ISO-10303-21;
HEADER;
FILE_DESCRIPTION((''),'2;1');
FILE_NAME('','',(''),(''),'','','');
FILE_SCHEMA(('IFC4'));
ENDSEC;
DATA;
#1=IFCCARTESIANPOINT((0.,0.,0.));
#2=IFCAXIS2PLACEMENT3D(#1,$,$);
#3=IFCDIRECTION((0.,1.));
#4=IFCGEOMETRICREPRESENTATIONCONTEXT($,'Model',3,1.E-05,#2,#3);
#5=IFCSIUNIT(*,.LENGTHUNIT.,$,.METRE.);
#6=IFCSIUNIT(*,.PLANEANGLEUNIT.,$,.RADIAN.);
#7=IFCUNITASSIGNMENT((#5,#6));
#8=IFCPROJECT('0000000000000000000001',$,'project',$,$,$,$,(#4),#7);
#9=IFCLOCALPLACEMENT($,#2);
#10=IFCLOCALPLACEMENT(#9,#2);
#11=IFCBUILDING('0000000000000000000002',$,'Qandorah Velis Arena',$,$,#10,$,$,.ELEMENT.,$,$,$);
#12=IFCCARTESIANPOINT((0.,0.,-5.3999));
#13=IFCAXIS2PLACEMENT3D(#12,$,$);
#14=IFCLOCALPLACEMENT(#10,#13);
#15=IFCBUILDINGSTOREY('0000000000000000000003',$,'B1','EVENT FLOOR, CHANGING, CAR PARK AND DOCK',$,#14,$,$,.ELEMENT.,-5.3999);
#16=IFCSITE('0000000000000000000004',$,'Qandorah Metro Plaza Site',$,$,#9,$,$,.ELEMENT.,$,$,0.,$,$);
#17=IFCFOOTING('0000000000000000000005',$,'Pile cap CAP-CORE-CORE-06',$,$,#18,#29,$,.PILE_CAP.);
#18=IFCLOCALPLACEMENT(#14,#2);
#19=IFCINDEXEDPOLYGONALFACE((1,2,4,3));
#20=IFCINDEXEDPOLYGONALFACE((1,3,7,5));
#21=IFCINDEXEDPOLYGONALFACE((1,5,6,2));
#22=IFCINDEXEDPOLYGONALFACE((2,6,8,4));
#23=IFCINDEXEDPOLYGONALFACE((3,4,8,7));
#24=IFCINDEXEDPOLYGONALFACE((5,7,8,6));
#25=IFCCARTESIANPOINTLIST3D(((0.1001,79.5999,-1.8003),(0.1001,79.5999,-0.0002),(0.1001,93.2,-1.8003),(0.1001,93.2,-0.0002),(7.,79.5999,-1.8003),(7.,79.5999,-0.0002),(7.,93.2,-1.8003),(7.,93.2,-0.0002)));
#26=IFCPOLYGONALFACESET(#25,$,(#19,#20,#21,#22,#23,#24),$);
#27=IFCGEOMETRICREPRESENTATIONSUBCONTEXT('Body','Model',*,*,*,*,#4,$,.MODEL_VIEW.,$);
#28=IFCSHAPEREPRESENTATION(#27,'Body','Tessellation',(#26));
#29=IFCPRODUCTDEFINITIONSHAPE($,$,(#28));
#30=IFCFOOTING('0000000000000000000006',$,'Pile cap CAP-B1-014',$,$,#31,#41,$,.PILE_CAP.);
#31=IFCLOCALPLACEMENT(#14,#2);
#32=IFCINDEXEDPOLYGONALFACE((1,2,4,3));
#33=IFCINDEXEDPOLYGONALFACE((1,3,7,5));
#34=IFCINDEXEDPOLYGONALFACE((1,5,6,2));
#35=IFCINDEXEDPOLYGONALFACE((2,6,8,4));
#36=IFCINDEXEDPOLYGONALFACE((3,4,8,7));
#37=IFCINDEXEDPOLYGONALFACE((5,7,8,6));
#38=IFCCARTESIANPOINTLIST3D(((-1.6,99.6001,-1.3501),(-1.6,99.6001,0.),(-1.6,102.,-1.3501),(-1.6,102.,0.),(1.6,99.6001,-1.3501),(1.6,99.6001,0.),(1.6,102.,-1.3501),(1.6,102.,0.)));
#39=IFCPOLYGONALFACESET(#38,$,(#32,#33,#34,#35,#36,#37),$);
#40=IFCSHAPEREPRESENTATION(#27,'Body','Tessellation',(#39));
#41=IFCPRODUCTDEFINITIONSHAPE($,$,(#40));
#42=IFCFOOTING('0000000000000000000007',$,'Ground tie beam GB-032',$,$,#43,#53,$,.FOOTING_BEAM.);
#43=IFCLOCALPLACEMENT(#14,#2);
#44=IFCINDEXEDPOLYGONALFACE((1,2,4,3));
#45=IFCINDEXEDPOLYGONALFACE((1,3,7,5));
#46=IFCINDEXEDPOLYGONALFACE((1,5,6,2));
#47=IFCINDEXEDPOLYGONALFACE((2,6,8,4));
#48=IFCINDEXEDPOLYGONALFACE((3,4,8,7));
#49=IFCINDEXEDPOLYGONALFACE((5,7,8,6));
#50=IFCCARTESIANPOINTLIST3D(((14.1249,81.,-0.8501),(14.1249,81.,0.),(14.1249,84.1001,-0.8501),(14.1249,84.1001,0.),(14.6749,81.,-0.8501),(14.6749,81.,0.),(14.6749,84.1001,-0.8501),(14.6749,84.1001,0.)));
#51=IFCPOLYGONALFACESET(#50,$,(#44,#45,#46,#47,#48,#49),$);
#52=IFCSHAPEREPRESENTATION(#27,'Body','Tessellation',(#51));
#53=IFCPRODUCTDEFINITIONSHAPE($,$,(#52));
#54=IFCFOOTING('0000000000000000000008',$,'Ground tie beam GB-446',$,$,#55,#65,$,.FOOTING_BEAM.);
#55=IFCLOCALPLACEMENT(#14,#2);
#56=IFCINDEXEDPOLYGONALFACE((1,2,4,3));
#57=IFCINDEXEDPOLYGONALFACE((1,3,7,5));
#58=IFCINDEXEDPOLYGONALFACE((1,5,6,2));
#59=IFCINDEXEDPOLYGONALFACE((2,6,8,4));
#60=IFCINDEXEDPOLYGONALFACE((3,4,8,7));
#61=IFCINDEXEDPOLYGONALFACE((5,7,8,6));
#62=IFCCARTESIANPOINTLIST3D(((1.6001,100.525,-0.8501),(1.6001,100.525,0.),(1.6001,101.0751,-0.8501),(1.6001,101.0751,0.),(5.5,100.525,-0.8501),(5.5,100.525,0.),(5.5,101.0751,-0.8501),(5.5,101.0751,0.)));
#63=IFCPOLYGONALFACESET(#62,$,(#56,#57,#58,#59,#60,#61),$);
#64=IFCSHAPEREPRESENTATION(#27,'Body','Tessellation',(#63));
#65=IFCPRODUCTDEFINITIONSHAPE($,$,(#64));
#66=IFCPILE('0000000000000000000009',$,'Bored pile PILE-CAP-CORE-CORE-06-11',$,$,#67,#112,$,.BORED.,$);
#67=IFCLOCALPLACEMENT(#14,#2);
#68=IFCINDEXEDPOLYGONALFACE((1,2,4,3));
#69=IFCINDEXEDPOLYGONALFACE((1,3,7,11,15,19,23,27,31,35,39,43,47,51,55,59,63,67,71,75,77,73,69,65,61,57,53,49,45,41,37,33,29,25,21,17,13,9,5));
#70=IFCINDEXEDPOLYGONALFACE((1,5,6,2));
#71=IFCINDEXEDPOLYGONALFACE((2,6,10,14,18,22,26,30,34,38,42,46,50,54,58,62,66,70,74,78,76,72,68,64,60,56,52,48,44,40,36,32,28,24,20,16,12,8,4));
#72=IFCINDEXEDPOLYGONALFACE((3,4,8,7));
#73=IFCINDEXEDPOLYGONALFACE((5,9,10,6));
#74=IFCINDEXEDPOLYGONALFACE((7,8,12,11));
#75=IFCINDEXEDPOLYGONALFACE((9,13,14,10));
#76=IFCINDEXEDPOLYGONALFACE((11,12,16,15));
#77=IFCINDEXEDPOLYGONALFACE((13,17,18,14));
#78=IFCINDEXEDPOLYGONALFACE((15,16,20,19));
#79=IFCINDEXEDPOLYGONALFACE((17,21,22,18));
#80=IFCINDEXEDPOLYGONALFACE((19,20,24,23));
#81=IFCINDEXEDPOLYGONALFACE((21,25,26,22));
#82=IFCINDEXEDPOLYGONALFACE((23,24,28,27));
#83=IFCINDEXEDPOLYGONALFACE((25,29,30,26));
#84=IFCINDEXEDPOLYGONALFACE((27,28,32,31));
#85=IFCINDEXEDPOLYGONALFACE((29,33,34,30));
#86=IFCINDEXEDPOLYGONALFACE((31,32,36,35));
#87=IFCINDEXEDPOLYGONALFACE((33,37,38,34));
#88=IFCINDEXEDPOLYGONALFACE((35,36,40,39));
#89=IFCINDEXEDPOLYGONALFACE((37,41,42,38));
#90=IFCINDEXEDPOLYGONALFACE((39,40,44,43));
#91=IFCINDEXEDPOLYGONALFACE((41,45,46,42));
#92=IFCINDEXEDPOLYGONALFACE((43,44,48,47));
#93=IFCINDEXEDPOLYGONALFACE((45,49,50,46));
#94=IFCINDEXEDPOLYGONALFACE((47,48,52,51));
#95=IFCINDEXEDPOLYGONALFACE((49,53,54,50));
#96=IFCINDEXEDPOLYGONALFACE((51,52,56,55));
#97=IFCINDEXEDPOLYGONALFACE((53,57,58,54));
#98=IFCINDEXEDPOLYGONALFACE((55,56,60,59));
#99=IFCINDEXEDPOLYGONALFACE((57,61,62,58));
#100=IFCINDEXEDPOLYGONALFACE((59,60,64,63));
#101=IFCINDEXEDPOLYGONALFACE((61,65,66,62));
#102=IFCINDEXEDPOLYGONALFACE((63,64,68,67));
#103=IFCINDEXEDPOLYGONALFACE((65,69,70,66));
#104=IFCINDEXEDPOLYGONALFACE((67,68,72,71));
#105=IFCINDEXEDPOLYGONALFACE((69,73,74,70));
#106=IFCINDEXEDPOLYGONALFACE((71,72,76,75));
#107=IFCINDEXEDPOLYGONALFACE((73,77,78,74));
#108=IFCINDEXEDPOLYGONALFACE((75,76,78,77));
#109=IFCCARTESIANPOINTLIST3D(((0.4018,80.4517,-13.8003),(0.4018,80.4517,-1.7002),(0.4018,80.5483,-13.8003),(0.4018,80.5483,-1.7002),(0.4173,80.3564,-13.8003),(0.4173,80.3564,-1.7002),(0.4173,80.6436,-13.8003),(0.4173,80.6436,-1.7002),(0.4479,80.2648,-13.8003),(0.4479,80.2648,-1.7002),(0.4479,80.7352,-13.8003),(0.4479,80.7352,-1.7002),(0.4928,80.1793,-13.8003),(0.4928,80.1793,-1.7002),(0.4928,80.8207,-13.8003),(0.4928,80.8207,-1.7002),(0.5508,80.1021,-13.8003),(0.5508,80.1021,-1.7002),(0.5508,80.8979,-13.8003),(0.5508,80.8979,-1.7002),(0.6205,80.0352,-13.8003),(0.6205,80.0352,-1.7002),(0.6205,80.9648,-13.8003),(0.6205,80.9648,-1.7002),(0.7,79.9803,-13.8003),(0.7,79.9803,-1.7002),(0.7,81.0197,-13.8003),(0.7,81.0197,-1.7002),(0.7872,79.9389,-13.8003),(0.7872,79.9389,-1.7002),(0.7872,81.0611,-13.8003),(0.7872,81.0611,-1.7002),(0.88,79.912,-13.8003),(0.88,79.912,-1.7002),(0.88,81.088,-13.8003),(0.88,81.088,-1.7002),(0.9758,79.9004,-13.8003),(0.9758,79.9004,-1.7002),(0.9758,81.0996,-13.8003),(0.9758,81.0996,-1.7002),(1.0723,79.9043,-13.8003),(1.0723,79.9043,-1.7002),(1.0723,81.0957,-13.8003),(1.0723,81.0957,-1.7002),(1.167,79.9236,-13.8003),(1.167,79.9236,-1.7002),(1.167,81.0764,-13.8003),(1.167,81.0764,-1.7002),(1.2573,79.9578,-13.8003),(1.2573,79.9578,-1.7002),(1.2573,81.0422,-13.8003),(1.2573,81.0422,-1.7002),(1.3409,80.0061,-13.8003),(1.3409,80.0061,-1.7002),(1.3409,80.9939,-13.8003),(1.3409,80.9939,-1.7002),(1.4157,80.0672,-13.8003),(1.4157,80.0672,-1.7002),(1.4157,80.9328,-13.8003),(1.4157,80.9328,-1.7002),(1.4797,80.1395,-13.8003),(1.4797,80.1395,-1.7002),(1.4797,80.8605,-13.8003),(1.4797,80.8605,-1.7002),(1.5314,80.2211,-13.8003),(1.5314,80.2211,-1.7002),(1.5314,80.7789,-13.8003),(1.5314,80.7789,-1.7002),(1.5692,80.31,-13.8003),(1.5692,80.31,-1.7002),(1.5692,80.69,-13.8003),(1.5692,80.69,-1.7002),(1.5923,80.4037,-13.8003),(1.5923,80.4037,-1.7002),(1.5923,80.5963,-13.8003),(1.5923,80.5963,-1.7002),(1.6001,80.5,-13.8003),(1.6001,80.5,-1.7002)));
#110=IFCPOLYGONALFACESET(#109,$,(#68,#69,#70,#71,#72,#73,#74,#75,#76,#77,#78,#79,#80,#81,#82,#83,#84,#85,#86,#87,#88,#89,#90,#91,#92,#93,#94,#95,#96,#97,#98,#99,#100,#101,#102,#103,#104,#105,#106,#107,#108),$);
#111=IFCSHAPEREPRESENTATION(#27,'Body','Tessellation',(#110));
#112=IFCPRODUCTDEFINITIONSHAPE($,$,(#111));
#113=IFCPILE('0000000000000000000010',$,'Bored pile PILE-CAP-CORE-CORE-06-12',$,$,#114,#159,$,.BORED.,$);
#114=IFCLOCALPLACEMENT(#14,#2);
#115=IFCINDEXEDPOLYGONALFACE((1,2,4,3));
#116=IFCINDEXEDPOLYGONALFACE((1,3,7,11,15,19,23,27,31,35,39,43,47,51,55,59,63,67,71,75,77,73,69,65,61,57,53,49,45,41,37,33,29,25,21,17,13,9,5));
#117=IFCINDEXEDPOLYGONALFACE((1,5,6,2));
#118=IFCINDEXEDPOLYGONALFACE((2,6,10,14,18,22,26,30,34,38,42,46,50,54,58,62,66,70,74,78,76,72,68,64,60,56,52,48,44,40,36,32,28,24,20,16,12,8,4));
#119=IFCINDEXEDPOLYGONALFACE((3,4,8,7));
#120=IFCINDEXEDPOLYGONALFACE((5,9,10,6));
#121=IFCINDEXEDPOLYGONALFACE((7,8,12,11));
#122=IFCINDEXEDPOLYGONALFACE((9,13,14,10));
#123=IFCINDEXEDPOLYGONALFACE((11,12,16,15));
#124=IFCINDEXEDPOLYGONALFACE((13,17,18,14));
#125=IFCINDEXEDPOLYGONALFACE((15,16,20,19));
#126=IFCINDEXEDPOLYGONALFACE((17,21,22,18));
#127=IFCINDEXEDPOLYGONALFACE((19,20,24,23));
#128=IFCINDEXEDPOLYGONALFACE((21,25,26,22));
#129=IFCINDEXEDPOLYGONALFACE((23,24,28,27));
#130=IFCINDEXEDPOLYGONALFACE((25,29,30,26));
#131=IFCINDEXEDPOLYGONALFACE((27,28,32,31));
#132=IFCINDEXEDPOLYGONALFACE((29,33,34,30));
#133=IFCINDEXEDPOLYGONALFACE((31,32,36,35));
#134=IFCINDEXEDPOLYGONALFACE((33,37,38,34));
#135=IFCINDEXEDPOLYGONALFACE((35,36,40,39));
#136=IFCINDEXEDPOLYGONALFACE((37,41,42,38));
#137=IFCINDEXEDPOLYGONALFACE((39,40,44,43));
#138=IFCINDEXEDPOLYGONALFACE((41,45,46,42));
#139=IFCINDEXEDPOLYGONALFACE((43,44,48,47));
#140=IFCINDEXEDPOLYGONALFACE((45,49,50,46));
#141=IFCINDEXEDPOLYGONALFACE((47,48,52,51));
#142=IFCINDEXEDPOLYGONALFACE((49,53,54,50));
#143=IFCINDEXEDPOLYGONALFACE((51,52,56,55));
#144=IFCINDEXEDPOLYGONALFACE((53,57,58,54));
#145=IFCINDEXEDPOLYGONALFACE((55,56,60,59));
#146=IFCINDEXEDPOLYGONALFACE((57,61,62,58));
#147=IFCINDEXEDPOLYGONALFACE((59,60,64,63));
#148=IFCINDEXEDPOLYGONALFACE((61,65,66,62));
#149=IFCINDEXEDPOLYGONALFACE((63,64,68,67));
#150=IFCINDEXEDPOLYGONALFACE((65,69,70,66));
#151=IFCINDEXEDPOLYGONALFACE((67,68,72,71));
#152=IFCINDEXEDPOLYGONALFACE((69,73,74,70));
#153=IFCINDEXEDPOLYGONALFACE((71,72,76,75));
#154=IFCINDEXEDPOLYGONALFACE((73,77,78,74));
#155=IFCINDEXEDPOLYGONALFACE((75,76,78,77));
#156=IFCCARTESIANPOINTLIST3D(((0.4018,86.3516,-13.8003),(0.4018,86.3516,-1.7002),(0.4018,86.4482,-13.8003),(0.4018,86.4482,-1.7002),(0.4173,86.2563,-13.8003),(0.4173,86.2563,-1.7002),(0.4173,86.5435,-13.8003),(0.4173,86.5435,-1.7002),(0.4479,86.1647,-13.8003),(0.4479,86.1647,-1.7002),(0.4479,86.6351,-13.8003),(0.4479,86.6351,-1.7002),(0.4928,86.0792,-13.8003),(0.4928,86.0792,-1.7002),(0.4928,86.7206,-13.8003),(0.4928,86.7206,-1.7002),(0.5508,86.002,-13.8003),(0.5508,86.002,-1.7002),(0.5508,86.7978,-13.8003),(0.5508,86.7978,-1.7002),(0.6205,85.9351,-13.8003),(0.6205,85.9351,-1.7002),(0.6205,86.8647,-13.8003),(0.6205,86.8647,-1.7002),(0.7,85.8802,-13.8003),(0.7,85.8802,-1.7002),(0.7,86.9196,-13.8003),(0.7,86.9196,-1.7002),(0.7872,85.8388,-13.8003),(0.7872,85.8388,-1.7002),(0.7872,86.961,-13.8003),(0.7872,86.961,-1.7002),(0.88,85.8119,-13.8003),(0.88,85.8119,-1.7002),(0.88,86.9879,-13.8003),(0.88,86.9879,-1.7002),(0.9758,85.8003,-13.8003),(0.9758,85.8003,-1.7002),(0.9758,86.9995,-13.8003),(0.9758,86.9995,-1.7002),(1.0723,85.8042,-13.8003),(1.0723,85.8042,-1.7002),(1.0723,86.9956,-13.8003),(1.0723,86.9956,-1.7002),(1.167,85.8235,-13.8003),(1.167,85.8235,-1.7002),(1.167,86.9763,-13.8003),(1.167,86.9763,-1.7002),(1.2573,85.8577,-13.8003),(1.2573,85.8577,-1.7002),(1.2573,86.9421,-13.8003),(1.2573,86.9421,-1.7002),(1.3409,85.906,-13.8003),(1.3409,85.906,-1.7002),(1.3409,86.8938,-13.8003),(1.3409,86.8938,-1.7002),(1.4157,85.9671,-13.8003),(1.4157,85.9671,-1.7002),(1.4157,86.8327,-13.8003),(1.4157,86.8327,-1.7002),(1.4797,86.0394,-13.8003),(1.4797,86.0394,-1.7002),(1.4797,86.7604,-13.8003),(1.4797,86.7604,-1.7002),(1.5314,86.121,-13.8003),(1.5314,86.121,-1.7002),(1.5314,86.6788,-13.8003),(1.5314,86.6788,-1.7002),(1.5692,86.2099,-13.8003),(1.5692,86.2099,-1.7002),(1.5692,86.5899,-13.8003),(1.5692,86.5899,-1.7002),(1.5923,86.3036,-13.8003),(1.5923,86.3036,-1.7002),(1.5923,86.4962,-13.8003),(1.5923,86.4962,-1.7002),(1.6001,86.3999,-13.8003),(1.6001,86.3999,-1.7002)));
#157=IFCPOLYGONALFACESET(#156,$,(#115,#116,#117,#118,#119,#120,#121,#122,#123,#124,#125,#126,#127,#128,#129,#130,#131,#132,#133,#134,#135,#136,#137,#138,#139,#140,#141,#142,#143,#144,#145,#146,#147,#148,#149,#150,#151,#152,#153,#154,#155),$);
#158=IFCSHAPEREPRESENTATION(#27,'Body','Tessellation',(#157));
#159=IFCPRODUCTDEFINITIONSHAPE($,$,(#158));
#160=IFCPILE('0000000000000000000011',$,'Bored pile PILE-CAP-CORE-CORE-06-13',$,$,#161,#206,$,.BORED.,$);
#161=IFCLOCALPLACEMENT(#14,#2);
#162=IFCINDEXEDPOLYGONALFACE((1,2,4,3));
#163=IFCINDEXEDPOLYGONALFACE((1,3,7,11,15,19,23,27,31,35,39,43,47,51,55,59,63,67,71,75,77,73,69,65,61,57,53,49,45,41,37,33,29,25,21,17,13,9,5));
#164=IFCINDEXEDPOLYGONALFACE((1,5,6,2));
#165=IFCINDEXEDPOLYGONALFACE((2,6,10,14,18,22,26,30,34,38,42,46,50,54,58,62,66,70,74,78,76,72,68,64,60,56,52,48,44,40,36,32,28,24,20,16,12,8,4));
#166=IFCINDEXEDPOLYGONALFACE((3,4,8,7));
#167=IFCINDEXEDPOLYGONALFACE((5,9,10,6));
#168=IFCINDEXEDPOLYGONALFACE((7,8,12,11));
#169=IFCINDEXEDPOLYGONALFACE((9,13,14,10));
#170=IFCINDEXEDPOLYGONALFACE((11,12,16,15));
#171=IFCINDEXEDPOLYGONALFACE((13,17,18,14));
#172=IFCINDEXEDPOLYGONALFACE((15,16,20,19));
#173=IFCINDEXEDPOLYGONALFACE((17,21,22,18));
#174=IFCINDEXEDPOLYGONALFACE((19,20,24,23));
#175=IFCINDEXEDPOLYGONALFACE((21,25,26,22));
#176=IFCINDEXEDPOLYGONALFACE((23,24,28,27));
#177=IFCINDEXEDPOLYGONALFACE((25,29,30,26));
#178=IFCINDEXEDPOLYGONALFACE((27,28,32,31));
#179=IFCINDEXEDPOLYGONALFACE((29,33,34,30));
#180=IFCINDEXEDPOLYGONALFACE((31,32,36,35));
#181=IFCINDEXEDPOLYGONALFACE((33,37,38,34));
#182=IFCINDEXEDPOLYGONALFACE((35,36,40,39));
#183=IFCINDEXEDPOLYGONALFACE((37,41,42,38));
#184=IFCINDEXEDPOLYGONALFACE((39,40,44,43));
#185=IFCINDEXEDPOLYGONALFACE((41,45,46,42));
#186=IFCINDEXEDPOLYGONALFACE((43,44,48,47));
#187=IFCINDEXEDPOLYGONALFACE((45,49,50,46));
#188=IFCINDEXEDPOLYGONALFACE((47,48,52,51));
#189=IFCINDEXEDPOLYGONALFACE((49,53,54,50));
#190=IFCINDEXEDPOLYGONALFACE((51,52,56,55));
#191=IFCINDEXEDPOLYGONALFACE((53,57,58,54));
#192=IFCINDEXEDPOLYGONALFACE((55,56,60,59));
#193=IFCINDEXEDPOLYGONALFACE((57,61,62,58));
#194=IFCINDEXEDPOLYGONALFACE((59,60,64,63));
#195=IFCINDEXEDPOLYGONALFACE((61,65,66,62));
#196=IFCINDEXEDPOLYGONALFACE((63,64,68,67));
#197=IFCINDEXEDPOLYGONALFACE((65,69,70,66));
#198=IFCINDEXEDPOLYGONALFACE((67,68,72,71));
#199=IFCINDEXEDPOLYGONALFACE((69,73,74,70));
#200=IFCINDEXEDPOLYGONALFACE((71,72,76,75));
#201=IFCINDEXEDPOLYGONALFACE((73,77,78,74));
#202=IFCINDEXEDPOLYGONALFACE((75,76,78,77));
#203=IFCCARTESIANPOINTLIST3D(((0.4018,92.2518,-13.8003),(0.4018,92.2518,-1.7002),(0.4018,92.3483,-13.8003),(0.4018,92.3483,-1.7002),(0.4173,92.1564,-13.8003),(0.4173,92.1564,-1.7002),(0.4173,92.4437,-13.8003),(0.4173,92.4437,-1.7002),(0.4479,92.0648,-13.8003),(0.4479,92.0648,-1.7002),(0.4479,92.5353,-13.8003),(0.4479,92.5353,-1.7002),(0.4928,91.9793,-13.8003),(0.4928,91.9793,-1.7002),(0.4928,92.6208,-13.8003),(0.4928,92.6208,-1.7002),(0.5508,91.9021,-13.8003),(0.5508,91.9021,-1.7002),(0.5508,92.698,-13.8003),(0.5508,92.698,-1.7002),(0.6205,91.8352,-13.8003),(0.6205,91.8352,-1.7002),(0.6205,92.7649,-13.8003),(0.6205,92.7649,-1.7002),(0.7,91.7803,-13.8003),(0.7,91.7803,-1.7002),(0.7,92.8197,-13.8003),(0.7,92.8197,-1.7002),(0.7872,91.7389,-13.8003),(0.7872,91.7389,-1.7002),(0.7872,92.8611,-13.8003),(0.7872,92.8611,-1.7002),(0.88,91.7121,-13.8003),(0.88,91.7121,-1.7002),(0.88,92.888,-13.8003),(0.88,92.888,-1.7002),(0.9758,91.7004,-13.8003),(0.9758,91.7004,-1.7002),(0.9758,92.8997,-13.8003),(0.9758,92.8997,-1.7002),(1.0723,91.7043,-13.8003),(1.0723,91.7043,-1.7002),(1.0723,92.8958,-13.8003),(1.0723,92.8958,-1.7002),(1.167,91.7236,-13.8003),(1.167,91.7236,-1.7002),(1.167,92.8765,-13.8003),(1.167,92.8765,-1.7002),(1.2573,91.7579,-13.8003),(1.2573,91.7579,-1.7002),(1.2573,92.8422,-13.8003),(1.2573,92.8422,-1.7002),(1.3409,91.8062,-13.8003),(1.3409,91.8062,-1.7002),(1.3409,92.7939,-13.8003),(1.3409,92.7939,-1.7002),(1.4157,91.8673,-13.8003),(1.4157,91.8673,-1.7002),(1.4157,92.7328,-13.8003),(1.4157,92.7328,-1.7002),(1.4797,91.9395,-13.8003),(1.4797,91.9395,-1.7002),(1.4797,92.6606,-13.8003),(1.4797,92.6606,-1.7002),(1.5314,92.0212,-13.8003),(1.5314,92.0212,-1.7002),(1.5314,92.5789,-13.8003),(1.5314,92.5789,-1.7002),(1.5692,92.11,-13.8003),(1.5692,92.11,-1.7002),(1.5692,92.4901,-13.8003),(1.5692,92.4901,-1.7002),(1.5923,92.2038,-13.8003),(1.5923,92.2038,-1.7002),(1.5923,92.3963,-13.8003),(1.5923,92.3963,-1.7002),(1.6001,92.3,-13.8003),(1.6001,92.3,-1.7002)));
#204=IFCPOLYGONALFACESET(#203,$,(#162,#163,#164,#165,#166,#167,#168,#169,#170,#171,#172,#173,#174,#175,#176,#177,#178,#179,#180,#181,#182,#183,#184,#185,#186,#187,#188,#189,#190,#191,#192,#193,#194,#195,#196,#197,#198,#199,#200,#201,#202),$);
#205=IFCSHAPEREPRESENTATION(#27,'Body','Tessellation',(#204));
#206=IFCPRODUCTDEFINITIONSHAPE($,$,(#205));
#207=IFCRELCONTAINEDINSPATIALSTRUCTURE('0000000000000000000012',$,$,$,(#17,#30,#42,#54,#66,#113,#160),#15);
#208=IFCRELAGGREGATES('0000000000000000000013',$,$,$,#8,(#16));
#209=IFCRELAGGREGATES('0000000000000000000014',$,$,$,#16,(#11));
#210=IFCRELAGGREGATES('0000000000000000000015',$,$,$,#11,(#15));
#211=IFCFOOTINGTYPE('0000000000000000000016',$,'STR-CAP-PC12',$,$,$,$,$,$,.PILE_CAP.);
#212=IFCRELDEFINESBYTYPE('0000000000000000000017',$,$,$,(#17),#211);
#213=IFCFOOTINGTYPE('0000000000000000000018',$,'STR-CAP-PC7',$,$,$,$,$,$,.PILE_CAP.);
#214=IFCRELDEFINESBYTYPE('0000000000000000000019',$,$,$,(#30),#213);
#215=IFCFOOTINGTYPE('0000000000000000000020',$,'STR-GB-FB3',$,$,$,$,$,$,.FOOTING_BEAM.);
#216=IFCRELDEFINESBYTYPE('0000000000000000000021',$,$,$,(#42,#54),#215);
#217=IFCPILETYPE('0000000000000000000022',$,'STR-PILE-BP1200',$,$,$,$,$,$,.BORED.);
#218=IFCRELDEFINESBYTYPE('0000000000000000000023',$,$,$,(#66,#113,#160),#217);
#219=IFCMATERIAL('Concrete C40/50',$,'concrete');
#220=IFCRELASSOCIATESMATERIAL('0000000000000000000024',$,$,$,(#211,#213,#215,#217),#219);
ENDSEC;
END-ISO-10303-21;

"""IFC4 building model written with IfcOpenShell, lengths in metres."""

from ifc_helpers import new_model, si_unit, direction, frame, origin, origin_2d, place, context, subcontext, project, spatial, rectangle, circle, extrude, material, material_profile, profile_set, type_object, element, save


model = new_model("IFC4")

# Units and contexts
model_context = context("Model", 3, precision=1e-05, world=origin(), true_north=direction((0.0, 1.0)))
body_context = subcontext(model_context, "Body", "Model", "MODEL_VIEW")
ifc_project = project(units=[si_unit("LENGTHUNIT", "METRE"), si_unit("PLANEANGLEUNIT", "RADIAN")], contexts=[model_context])

# Site, building, storey
site_placement = place(None, origin())
site = spatial("IfcSite", under=ifc_project, at=site_placement, Name="Qandorah Metro Plaza Site", CompositionType="ELEMENT", RefElevation=0.0)
building_placement = place(site_placement, origin())
building = spatial("IfcBuilding", under=site, at=building_placement, Name="Qandorah Velis Arena", CompositionType="ELEMENT")
storey_placement = place(building_placement, frame((0.0, 0.0, -5.3999)))
storey = spatial("IfcBuildingStorey", under=building, at=storey_placement, Name="B1", Description="EVENT FLOOR, CHANGING, CAR PARK AND DOCK", CompositionType="ELEMENT", Elevation=-5.3999)

# Footings
ifc_material_1 = material(Name="Concrete C40/50", Category="concrete")
footing_type_1 = type_object("IfcFootingType", Name="STR-CAP-PC12", PredefinedType="PILE_CAP", material=ifc_material_1)
footing_1_placement = place(storey_placement, frame((3.55, 86.3999, -1.8003), z_axis=(0.0, 0.0, 1.0), x_axis=(1.0, 0.0, 0.0)))
element("IfcFooting", 1, at=footing_1_placement, inside=storey, type_object=footing_type_1, Name="Pile cap CAP-CORE-CORE-06", PredefinedType="PILE_CAP", context=body_context, shape_type="SweptSolid", body=[
    extrude(rectangle(XDim=6.8999, YDim=13.6001, at=origin_2d()), origin(), (0.0, 0.0, 1.0), 1.8),
])
footing_type_2 = type_object("IfcFootingType", Name="STR-CAP-PC7", PredefinedType="PILE_CAP", material=ifc_material_1)
footing_2_placement = place(storey_placement, frame((0.0, 100.8, -1.3501), z_axis=(0.0, 0.0, 1.0), x_axis=(1.0, 0.0, 0.0)))
element("IfcFooting", 2, at=footing_2_placement, inside=storey, type_object=footing_type_2, Name="Pile cap CAP-B1-014", PredefinedType="PILE_CAP", context=body_context, shape_type="SweptSolid", body=[
    extrude(rectangle(XDim=3.2, YDim=2.3999, at=origin_2d()), origin(), (0.0, 0.0, 1.0), 1.3501),
])
ifc_material_profile_1 = material_profile(ifc_material_1, rectangle(XDim=0.55, YDim=0.8501, at=origin_2d()), Name="GB3 550x850")
ifc_profile_set_1 = profile_set([ifc_material_profile_1], Name="Concrete C40/50")
footing_type_3 = type_object("IfcFootingType", Name="STR-GB-FB3", PredefinedType="FOOTING_BEAM", material=ifc_profile_set_1)
footing_3_placement = place(storey_placement, frame((14.3999, 81.0, -0.425), z_axis=(0.0, 1.0, 0.0), x_axis=(-1.0, 0.0, 0.0)))
element("IfcFooting", 3, at=footing_3_placement, inside=storey, type_object=footing_type_3, Name="Ground tie beam GB-032", PredefinedType="FOOTING_BEAM", context=body_context, shape_type="SweptSolid", body=[
    extrude(rectangle(XDim=0.55, YDim=0.8501, at=origin_2d()), origin(), (0.0, 0.0, 1.0), 3.1001),
])
footing_4_placement = place(storey_placement, frame((1.6001, 100.8, -0.425), z_axis=(1.0, 0.0, 0.0), x_axis=(0.0, 1.0, 0.0)))
element("IfcFooting", 4, at=footing_4_placement, inside=storey, type_object=footing_type_3, Name="Ground tie beam GB-446", PredefinedType="FOOTING_BEAM", context=body_context, shape_type="SweptSolid", body=[
    extrude(rectangle(XDim=0.55, YDim=0.8501, at=origin_2d()), origin(), (0.0, 0.0, 1.0), 3.8999),
])

# Piles
ifc_material_profile_2 = material_profile(ifc_material_1, circle(Radius=0.6001, at=origin_2d()), Name="BORED PILE D1200")
ifc_profile_set_2 = profile_set([ifc_material_profile_2], Name="Concrete C40/50")
pile_type_1 = type_object("IfcPileType", Name="STR-PILE-BP1200", PredefinedType="BORED", material=ifc_profile_set_2)
for number, where, z_axis, x_axis, name in (
    (5, (1.0, 80.5, -1.7002), (0.0, 0.0, -1.0), (1.0, 0.0, 0.0), "Bored pile PILE-CAP-CORE-CORE-06-11"),
    (6, (1.0, 86.3999, -1.7002), (0.0, 0.0, -1.0), (1.0, 0.0, 0.0), "Bored pile PILE-CAP-CORE-CORE-06-12"),
    (7, (1.0, 92.3, -1.7002), (0.0, 0.0, -1.0), (1.0, 0.0, 0.0), "Bored pile PILE-CAP-CORE-CORE-06-13"),
):
    element("IfcPile", number, at=place(storey_placement, frame(where, z_axis=z_axis, x_axis=x_axis)), inside=storey, type_object=pile_type_1, Name=name, PredefinedType="BORED", context=body_context, shape_type="SweptSolid", body=[
        extrude(circle(Radius=0.6001, at=origin_2d()), origin(), (0.0, 0.0, 1.0), 12.1001),
    ])

save(model, "model.ifc")
